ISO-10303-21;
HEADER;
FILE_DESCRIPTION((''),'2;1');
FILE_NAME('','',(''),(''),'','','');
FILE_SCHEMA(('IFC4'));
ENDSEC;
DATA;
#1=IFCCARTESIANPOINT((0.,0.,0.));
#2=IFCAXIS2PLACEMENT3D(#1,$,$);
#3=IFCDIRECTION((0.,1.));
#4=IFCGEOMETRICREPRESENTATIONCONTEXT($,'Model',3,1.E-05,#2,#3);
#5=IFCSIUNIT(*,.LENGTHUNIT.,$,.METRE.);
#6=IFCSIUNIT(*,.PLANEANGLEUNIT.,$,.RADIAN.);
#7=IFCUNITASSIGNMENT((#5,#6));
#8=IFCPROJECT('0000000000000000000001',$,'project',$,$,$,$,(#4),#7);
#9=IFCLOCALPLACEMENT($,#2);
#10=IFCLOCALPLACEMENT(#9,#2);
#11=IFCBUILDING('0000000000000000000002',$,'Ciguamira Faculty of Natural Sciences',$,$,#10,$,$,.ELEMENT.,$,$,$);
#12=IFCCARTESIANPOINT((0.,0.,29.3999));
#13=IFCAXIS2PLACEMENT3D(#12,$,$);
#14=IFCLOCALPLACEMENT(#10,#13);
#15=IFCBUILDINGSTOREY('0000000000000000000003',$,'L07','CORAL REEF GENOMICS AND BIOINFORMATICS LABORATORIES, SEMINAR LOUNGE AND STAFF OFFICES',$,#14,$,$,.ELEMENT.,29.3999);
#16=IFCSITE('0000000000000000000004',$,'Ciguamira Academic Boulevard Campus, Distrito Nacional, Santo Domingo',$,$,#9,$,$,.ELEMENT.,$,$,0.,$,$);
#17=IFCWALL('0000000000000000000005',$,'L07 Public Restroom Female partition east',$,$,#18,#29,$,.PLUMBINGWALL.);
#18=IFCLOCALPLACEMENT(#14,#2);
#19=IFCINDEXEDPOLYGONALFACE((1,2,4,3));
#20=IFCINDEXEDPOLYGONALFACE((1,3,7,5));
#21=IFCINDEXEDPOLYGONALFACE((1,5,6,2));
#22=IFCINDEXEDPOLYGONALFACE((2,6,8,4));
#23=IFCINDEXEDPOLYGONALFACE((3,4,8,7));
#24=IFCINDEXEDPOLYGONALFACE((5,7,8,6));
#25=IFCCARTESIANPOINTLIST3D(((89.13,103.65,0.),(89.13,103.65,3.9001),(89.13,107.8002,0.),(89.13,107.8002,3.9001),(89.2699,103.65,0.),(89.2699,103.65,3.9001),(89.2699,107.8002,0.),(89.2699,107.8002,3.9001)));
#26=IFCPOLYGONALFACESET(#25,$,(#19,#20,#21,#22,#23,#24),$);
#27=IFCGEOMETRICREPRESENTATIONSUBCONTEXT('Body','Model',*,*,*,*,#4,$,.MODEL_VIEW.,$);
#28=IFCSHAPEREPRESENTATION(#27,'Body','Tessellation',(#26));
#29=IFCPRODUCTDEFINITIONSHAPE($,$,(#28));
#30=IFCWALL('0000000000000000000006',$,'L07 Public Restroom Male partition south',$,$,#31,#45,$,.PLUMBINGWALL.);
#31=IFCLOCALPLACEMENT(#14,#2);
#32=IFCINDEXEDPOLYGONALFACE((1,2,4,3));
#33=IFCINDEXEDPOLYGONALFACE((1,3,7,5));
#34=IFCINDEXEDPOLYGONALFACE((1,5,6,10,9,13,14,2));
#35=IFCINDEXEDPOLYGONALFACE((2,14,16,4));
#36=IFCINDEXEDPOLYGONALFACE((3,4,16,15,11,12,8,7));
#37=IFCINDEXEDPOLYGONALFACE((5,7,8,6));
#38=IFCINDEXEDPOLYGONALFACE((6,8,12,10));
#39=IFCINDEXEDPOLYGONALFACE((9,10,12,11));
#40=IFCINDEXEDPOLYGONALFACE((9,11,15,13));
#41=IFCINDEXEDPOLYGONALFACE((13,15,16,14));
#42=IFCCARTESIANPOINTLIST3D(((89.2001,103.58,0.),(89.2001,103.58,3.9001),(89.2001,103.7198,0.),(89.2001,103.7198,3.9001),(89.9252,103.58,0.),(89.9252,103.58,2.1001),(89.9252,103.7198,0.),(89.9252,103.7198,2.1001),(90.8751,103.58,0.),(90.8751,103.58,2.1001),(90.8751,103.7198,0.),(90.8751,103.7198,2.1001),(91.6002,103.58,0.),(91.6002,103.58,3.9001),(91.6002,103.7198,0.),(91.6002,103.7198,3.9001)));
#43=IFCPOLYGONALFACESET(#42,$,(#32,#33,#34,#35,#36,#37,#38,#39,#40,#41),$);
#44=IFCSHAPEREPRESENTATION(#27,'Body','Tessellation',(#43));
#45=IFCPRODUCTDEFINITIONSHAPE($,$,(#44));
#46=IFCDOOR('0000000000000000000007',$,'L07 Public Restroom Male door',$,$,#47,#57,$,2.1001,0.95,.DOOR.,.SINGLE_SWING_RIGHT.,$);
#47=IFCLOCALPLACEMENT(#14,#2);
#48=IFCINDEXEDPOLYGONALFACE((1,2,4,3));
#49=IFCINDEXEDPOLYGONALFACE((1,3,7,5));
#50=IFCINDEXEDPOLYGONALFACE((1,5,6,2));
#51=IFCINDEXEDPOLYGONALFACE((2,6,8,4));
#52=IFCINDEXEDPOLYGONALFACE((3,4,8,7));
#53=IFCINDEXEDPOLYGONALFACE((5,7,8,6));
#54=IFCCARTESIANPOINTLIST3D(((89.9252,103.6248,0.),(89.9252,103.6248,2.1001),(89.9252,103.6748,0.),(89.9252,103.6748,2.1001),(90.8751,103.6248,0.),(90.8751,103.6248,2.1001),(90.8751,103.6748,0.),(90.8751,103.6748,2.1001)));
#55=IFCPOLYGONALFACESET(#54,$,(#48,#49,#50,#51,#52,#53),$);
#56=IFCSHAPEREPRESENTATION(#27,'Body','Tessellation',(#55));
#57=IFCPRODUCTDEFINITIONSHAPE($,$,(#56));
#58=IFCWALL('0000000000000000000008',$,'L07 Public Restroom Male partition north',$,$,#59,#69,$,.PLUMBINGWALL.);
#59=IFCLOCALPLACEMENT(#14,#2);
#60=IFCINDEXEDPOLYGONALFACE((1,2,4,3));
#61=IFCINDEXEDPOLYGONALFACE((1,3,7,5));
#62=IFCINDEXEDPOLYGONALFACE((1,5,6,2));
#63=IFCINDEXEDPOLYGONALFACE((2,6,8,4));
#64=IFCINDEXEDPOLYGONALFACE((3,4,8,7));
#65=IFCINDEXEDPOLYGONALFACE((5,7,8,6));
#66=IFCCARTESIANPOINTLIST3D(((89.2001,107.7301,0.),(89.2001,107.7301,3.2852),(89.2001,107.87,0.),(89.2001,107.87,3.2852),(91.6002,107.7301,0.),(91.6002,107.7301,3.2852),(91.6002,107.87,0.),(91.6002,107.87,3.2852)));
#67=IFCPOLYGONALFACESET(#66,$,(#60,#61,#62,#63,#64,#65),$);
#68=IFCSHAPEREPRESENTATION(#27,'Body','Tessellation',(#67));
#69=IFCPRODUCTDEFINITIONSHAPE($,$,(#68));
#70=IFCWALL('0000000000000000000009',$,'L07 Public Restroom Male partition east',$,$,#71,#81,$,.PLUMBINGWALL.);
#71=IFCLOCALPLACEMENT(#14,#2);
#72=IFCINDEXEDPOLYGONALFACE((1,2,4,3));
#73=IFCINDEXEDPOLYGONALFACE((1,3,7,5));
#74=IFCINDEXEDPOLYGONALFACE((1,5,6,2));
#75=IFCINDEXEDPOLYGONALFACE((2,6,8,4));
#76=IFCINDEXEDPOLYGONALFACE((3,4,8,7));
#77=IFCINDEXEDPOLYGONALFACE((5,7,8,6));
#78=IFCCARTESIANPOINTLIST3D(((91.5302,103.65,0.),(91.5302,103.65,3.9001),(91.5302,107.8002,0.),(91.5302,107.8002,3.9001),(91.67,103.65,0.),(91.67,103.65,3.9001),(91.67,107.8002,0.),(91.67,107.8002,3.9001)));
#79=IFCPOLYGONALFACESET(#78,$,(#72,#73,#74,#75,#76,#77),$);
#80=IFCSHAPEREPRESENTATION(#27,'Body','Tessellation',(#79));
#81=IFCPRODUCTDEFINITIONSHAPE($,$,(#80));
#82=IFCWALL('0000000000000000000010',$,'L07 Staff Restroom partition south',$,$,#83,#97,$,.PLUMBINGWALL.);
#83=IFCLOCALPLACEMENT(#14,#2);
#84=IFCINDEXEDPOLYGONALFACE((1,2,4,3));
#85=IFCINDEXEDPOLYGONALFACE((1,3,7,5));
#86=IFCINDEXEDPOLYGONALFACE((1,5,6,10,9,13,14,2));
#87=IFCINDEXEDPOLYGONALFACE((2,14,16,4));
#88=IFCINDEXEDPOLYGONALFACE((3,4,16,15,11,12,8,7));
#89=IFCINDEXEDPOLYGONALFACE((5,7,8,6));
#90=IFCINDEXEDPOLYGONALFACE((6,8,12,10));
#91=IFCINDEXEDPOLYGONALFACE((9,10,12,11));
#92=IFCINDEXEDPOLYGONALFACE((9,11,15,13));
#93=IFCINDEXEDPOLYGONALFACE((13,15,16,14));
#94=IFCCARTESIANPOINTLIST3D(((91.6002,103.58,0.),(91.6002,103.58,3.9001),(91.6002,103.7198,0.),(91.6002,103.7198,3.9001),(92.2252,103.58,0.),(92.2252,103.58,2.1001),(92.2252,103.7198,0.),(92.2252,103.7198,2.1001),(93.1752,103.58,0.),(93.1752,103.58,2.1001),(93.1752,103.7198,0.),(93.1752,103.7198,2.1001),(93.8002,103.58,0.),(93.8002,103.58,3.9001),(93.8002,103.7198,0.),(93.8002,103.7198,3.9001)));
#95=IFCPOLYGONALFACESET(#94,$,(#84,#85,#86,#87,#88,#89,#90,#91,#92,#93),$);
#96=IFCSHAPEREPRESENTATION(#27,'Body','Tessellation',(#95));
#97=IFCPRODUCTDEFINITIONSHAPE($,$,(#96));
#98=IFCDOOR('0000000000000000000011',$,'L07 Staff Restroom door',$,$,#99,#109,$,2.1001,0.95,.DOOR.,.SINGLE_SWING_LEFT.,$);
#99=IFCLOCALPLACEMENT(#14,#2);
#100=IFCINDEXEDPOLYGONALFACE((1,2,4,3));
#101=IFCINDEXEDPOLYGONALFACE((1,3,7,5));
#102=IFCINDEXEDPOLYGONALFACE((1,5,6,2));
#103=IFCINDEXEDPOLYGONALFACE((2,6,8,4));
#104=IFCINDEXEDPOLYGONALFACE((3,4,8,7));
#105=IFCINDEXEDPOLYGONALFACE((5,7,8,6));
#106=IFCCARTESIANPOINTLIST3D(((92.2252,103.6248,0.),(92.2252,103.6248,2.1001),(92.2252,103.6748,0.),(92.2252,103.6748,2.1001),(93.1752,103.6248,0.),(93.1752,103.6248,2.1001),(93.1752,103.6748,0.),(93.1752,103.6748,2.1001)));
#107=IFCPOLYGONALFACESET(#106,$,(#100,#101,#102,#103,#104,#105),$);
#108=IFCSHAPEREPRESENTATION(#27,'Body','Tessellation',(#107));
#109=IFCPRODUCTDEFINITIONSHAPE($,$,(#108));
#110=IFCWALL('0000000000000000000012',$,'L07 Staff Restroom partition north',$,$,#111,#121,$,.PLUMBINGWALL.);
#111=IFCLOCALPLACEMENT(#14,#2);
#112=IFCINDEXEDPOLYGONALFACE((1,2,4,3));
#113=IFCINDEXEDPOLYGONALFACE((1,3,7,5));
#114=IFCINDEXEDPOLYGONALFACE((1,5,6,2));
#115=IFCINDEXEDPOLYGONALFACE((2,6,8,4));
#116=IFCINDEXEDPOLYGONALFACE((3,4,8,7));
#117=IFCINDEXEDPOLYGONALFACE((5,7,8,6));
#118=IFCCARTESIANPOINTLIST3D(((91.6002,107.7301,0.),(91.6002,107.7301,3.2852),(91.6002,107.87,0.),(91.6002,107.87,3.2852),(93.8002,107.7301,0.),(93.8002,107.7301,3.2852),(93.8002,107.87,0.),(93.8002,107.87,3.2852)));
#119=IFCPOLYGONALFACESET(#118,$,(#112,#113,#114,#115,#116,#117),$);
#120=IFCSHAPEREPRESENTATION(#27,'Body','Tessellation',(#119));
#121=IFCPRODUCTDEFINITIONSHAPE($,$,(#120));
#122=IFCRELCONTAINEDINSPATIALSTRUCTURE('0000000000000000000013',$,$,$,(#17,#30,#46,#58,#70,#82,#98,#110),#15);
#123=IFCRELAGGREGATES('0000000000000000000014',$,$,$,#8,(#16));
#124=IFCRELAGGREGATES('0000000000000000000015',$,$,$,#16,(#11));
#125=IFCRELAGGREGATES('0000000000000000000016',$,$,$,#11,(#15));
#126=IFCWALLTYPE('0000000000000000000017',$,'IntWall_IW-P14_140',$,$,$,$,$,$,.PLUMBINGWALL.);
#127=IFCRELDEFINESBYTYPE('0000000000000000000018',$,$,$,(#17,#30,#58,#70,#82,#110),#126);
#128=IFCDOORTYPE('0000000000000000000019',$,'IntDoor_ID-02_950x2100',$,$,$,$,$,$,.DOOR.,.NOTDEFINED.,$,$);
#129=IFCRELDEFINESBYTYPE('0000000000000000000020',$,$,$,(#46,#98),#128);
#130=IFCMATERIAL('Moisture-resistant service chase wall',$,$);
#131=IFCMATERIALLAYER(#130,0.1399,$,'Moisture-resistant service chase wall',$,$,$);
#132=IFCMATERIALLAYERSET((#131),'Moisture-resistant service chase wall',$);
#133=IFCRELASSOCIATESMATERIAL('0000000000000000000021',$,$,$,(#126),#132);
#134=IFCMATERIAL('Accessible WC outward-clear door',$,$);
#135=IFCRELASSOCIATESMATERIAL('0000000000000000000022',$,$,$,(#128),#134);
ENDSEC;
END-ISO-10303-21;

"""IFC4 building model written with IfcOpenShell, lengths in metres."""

from ifc_helpers import new_model, si_unit, direction, frame, frame_2d, origin, place, context, subcontext, project, spatial, rectangle, extrude, material, layer, layer_set, type_object, element, fill, save


model = new_model("IFC4")

# Units and contexts
model_context = context("Model", 3, precision=1e-05, world=origin(), true_north=direction((0.0, 1.0)))
body_context = subcontext(model_context, "Body", "Model", "MODEL_VIEW")
ifc_project = project(units=[si_unit("LENGTHUNIT", "METRE"), si_unit("PLANEANGLEUNIT", "RADIAN")], contexts=[model_context])

# Site, building, storey
site_placement = place(None, origin())
site = spatial("IfcSite", under=ifc_project, at=site_placement, Name="Ciguamira Academic Boulevard Campus, Distrito Nacional, Santo Domingo", CompositionType="ELEMENT", RefElevation=0.0)
building_placement = place(site_placement, origin())
building = spatial("IfcBuilding", under=site, at=building_placement, Name="Ciguamira Faculty of Natural Sciences", CompositionType="ELEMENT")
storey_placement = place(building_placement, frame((0.0, 0.0, 29.3999)))
storey = spatial("IfcBuildingStorey", under=building, at=storey_placement, Name="L07", Description="CORAL REEF GENOMICS AND BIOINFORMATICS LABORATORIES, SEMINAR LOUNGE AND STAFF OFFICES", CompositionType="ELEMENT", Elevation=29.3999)

# Shared definitions
ifc_material_1 = material(Name="Moisture-resistant service chase wall")
ifc_layer = layer(ifc_material_1, 0.1399, Name="Moisture-resistant service chase wall")
ifc_layer_set = layer_set([ifc_layer], Name="Moisture-resistant service chase wall")
wall_type = type_object("IfcWallType", Name="IntWall_IW-P14_140", PredefinedType="PLUMBINGWALL", material=ifc_layer_set)
ifc_material_2 = material(Name="Accessible WC outward-clear door")
door_type = type_object("IfcDoorType", Name="IntDoor_ID-02_950x2100", OperationType="NOTDEFINED", PredefinedType="DOOR", material=ifc_material_2)

# Wall
wall_1_placement = place(storey_placement, frame((89.2, 103.6499, 0.0), z_axis=(0.0, 0.0, 1.0), x_axis=(0.0, 1.0, 0.0)))
element("IfcWall", 1, at=wall_1_placement, inside=storey, type_object=wall_type, Name="L07 Public Restroom Female partition east", PredefinedType="PLUMBINGWALL", context=body_context, shape_type="SweptSolid", body=[
    extrude(rectangle(XDim=4.1501, YDim=0.1399, at=frame_2d((2.0752, 0.0))), origin(), (0.0, 0.0, 1.0), 3.9001),
])

# Wall, opening, door
wall_2_placement = place(storey_placement, frame((89.2, 103.6499, 0.0), z_axis=(0.0, 0.0, 1.0), x_axis=(1.0, 0.0, 0.0)))
wall_2 = element("IfcWall", 2, at=wall_2_placement, inside=storey, type_object=wall_type, Name="L07 Public Restroom Male partition south", PredefinedType="PLUMBINGWALL", context=body_context, shape_type="SweptSolid", body=[
    extrude(rectangle(XDim=2.4001, YDim=0.1399, at=frame_2d((1.2002, 0.0))), origin(), (0.0, 0.0, 1.0), 3.9001),
])
opening_1_placement = place(wall_2_placement, frame((0.7251, 0.0, 0.0)))
opening_1 = element("IfcOpeningElement", 3, at=opening_1_placement, cuts=wall_2, PredefinedType="OPENING", context=body_context, shape_type="SweptSolid", body=[
    extrude(rectangle(XDim=0.95, YDim=2.1001, at=frame_2d((0.4751, 1.05))), frame((0.0, 0.0798, 0.0), z_axis=(0.0, -1.0, 0.0), x_axis=(1.0, 0.0, 0.0)), (0.0, 0.0, 1.0), 0.1599),
])
door_1_placement = place(opening_1_placement, origin())
door_1 = element("IfcDoor", 4, at=door_1_placement, inside=storey, type_object=door_type, Name="L07 Public Restroom Male door", OperationType="SINGLE_SWING_RIGHT", OverallHeight=2.1001, OverallWidth=0.95, PredefinedType="DOOR", context=body_context, shape_type="SweptSolid", body=[
    extrude(rectangle(XDim=0.95, YDim=2.1001, at=frame_2d((0.4751, 1.05))), frame((0.0, 0.0249, 0.0), z_axis=(0.0, -1.0, 0.0), x_axis=(1.0, 0.0, 0.0)), (0.0, 0.0, 1.0), 0.05),
])
fill(opening_1, door_1)

# Walls
wall_3_placement = place(storey_placement, frame((89.2, 107.8, 0.0), z_axis=(0.0, 0.0, 1.0), x_axis=(1.0, 0.0, 0.0)))
element("IfcWall", 5, at=wall_3_placement, inside=storey, type_object=wall_type, Name="L07 Public Restroom Male partition north", PredefinedType="PLUMBINGWALL", context=body_context, shape_type="SweptSolid", body=[
    extrude(rectangle(XDim=2.4001, YDim=0.1399, at=frame_2d((1.2002, 0.0))), origin(), (0.0, 0.0, 1.0), 3.2852),
])
wall_4_placement = place(storey_placement, frame((91.6001, 103.6499, 0.0), z_axis=(0.0, 0.0, 1.0), x_axis=(0.0, 1.0, 0.0)))
element("IfcWall", 6, at=wall_4_placement, inside=storey, type_object=wall_type, Name="L07 Public Restroom Male partition east", PredefinedType="PLUMBINGWALL", context=body_context, shape_type="SweptSolid", body=[
    extrude(rectangle(XDim=4.1501, YDim=0.1399, at=frame_2d((2.0752, 0.0))), origin(), (0.0, 0.0, 1.0), 3.9001),
])

# Wall, opening, door
wall_5_placement = place(storey_placement, frame((91.6001, 103.6499, 0.0), z_axis=(0.0, 0.0, 1.0), x_axis=(1.0, 0.0, 0.0)))
wall_5 = element("IfcWall", 7, at=wall_5_placement, inside=storey, type_object=wall_type, Name="L07 Staff Restroom partition south", PredefinedType="PLUMBINGWALL", context=body_context, shape_type="SweptSolid", body=[
    extrude(rectangle(XDim=2.2, YDim=0.1399, at=frame_2d((1.1001, 0.0))), origin(), (0.0, 0.0, 1.0), 3.9001),
])
opening_2_placement = place(wall_5_placement, frame((0.625, 0.0, 0.0)))
opening_2 = element("IfcOpeningElement", 8, at=opening_2_placement, cuts=wall_5, PredefinedType="OPENING", context=body_context, shape_type="SweptSolid", body=[
    extrude(rectangle(XDim=0.95, YDim=2.1001, at=frame_2d((0.4751, 1.05))), frame((0.0, 0.0798, 0.0), z_axis=(0.0, -1.0, 0.0), x_axis=(1.0, 0.0, 0.0)), (0.0, 0.0, 1.0), 0.1599),
])
door_2_placement = place(opening_2_placement, origin())
door_2 = element("IfcDoor", 9, at=door_2_placement, inside=storey, type_object=door_type, Name="L07 Staff Restroom door", OperationType="SINGLE_SWING_LEFT", OverallHeight=2.1001, OverallWidth=0.95, PredefinedType="DOOR", context=body_context, shape_type="SweptSolid", body=[
    extrude(rectangle(XDim=0.95, YDim=2.1001, at=frame_2d((0.4751, 1.05))), frame((0.0, 0.0249, 0.0), z_axis=(0.0, -1.0, 0.0), x_axis=(1.0, 0.0, 0.0)), (0.0, 0.0, 1.0), 0.05),
])
fill(opening_2, door_2)

# Wall
wall_6_placement = place(storey_placement, frame((91.6001, 107.8, 0.0), z_axis=(0.0, 0.0, 1.0), x_axis=(1.0, 0.0, 0.0)))
element("IfcWall", 10, at=wall_6_placement, inside=storey, type_object=wall_type, Name="L07 Staff Restroom partition north", PredefinedType="PLUMBINGWALL", context=body_context, shape_type="SweptSolid", body=[
    extrude(rectangle(XDim=2.2, YDim=0.1399, at=frame_2d((1.1001, 0.0))), origin(), (0.0, 0.0, 1.0), 3.2852),
])

save(model, "model.ifc")
